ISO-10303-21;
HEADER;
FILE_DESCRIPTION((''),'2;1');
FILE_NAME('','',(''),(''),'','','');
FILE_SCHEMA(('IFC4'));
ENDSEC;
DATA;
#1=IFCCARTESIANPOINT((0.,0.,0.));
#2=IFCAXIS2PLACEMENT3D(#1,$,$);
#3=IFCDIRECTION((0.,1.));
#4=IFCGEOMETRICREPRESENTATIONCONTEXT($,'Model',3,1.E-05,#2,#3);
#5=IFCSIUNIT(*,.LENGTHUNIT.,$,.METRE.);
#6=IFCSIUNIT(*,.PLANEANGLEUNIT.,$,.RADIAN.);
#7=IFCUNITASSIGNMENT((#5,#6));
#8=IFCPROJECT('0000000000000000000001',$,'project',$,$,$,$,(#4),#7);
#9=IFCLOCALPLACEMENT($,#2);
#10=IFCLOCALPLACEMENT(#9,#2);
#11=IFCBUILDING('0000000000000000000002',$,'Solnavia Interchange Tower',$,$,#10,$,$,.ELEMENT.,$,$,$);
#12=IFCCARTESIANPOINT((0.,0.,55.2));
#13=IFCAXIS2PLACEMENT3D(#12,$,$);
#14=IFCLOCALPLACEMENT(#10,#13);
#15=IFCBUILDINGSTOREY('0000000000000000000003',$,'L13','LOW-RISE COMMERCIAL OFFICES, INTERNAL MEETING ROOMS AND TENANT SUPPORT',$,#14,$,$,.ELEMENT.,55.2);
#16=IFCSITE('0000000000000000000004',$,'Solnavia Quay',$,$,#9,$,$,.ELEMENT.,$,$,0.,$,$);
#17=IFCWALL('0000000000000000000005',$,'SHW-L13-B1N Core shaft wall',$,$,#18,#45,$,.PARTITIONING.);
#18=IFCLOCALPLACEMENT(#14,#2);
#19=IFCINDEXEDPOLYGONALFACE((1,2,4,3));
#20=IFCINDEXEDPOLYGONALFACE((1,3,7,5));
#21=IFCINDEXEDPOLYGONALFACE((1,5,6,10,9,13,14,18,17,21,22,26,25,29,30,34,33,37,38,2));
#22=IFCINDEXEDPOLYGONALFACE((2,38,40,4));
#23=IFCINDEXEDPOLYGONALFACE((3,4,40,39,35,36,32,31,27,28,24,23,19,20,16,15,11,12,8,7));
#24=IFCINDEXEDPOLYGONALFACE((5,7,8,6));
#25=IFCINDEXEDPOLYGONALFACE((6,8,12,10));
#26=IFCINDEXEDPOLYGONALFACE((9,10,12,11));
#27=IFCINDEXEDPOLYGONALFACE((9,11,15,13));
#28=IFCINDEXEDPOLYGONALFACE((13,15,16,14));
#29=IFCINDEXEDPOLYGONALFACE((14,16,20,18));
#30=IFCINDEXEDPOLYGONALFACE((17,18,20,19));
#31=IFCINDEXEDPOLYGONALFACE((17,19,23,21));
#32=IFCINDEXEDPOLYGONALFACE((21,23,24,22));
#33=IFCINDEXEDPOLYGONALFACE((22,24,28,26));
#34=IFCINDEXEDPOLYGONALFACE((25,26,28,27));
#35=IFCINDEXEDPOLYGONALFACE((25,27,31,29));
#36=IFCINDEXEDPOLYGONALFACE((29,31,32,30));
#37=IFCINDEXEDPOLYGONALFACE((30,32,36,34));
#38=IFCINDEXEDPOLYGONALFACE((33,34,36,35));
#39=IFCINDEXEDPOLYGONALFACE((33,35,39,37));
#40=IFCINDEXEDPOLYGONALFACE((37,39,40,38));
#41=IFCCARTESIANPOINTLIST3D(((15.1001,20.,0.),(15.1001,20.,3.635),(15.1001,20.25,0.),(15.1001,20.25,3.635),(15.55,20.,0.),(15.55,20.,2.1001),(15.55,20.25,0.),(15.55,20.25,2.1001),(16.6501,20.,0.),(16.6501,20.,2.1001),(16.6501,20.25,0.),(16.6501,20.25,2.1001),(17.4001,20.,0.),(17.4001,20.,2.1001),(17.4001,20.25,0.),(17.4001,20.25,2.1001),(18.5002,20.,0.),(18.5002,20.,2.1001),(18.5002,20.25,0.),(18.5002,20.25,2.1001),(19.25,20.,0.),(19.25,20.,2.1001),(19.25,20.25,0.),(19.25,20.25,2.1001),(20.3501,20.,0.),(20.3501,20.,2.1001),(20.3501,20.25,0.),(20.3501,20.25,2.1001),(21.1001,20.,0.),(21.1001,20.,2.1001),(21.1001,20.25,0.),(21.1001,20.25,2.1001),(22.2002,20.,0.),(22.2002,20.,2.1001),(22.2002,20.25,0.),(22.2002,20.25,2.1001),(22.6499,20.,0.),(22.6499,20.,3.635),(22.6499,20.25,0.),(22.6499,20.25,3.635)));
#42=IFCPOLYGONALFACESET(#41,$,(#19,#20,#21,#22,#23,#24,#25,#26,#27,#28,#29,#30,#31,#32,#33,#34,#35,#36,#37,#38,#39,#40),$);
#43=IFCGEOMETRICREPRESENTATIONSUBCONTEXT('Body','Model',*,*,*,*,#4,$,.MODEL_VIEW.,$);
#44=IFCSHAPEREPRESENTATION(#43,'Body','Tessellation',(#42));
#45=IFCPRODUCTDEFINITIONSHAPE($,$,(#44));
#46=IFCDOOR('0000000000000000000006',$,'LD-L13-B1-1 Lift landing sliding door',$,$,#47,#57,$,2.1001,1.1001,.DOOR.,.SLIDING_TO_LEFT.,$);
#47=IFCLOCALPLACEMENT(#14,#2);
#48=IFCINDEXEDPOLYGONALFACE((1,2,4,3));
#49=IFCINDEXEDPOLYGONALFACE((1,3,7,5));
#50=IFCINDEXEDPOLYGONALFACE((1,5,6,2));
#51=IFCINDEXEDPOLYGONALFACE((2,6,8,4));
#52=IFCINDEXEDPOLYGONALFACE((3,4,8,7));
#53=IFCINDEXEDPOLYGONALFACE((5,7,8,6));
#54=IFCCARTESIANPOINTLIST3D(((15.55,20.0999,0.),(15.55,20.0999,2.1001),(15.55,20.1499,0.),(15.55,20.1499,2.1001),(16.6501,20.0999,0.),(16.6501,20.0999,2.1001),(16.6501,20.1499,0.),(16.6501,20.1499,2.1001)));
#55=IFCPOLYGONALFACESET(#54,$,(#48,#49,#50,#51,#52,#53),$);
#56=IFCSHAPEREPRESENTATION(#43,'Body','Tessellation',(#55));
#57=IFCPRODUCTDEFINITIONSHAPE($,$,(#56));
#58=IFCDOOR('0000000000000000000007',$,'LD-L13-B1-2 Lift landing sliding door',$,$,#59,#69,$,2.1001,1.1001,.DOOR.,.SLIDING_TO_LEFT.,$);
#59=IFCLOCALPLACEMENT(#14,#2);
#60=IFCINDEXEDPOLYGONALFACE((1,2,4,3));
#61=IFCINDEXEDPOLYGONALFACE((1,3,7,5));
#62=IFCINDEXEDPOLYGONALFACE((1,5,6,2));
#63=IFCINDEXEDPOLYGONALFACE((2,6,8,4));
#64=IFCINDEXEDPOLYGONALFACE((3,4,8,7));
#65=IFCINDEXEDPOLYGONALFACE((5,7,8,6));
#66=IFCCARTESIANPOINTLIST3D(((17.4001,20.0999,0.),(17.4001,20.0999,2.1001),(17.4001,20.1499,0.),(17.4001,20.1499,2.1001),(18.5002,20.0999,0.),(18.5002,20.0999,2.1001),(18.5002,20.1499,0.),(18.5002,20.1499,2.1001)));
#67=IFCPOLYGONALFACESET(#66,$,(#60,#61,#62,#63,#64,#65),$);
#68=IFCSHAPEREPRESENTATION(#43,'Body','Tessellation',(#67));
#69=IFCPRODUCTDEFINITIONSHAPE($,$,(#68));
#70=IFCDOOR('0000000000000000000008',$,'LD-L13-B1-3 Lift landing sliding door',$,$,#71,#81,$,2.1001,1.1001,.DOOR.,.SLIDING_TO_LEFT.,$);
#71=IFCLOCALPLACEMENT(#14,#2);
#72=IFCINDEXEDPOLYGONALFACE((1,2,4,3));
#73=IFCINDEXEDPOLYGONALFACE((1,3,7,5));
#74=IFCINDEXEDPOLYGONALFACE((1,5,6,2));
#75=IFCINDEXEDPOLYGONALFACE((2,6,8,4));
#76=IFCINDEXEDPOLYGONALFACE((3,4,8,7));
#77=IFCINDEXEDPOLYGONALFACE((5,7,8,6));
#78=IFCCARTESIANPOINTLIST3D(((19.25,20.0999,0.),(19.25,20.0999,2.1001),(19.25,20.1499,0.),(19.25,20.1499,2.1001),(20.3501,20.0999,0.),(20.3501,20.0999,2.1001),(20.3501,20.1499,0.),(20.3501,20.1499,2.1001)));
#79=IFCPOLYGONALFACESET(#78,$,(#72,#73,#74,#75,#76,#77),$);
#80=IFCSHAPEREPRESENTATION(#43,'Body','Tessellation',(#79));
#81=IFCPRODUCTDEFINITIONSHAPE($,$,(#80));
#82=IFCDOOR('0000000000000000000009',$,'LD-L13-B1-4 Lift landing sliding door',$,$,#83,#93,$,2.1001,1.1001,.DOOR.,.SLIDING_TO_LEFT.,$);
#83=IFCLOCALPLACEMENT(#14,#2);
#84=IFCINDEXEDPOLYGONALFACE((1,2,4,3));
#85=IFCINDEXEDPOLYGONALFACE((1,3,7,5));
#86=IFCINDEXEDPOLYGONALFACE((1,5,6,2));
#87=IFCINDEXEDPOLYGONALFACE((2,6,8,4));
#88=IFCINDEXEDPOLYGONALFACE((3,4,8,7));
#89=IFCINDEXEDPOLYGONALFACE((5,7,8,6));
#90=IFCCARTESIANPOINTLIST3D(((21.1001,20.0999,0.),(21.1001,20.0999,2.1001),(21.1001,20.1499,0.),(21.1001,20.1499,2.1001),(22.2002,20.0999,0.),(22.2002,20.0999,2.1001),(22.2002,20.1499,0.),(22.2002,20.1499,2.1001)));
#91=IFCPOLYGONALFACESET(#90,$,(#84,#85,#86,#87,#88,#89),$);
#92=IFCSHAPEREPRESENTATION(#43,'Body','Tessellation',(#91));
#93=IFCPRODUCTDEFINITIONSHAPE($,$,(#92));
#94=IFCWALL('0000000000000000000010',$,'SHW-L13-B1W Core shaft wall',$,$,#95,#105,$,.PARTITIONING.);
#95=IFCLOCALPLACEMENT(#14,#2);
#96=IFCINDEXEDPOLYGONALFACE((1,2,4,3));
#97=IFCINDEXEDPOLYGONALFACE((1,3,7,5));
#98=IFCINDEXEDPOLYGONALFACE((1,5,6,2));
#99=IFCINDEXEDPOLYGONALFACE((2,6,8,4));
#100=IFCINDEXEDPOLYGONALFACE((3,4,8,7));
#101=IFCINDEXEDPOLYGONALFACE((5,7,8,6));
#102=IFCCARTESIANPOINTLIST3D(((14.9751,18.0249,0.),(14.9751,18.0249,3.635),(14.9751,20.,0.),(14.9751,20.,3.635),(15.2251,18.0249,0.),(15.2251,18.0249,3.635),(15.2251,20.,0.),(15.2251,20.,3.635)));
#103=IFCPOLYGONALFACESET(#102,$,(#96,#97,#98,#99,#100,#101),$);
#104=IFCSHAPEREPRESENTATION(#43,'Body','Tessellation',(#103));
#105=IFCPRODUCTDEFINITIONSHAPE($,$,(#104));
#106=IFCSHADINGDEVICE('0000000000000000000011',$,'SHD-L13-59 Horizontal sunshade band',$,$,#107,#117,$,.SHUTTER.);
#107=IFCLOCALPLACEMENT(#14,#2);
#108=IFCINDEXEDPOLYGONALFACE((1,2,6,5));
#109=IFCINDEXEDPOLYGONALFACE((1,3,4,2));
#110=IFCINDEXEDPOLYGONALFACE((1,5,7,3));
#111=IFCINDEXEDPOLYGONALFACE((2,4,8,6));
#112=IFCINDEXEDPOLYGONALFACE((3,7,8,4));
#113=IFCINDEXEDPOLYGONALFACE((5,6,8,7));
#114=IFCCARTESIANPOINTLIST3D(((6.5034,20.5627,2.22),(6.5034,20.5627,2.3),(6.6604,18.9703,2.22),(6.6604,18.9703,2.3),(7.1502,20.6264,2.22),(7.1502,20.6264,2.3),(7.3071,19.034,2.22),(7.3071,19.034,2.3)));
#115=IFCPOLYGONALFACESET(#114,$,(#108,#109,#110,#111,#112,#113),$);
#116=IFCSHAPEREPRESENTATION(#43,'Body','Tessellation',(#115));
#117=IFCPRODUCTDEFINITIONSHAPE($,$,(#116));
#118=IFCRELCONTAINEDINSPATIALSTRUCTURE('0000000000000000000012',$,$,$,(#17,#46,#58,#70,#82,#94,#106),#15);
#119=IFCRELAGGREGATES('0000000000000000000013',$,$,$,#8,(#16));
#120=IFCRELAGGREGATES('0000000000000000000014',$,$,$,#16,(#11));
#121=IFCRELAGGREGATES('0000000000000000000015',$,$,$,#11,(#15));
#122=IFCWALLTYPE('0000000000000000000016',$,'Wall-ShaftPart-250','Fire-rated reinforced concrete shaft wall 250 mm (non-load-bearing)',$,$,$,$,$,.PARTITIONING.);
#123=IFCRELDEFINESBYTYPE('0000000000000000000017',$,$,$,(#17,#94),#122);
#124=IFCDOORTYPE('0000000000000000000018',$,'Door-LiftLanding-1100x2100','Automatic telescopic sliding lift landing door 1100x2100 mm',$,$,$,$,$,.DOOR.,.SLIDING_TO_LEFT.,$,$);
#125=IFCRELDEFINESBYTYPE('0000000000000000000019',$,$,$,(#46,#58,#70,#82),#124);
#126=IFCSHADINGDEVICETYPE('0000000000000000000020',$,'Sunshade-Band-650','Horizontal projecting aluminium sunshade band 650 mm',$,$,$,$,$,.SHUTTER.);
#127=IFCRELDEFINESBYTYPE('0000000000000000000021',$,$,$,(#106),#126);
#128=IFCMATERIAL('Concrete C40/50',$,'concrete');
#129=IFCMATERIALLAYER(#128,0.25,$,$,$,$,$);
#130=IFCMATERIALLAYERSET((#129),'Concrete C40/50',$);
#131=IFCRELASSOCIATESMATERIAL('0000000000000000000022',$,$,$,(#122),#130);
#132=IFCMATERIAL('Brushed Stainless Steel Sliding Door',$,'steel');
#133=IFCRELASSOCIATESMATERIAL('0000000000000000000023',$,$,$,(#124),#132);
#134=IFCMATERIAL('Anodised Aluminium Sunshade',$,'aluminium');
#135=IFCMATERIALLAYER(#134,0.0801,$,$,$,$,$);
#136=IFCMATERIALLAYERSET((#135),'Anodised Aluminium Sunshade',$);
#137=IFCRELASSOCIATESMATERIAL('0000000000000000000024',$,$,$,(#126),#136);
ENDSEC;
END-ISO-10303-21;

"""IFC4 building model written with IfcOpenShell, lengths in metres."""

from ifc_helpers import new_model, si_unit, direction, frame, frame_2d, origin, origin_2d, place, context, subcontext, project, spatial, rectangle, extrude, material, layer, layer_set, type_object, element, fill, save


model = new_model("IFC4")

# Units and contexts
model_context = context("Model", 3, precision=1e-05, world=origin(), true_north=direction((0.0, 1.0)))
body_context = subcontext(model_context, "Body", "Model", "MODEL_VIEW")
ifc_project = project(units=[si_unit("LENGTHUNIT", "METRE"), si_unit("PLANEANGLEUNIT", "RADIAN")], contexts=[model_context])

# Site, building, storey
site_placement = place(None, origin())
site = spatial("IfcSite", under=ifc_project, at=site_placement, Name="Solnavia Quay", CompositionType="ELEMENT", RefElevation=0.0)
building_placement = place(site_placement, origin())
building = spatial("IfcBuilding", under=site, at=building_placement, Name="Solnavia Interchange Tower", CompositionType="ELEMENT")
storey_placement = place(building_placement, frame((0.0, 0.0, 55.2)))
storey = spatial("IfcBuildingStorey", under=building, at=storey_placement, Name="L13", Description="LOW-RISE COMMERCIAL OFFICES, INTERNAL MEETING ROOMS AND TENANT SUPPORT", CompositionType="ELEMENT", Elevation=55.2)

# Shared definitions
ifc_material_1 = material(Name="Concrete C40/50", Category="concrete")

# Wall, openings, doors
ifc_layer_1 = layer(ifc_material_1, 0.25)
ifc_layer_set_1 = layer_set([ifc_layer_1], Name="Concrete C40/50")
wall_type_1 = type_object("IfcWallType", Name="Wall-ShaftPart-250", Description="Fire-rated reinforced concrete shaft wall 250 mm (non-load-bearing)", PredefinedType="PARTITIONING", material=ifc_layer_set_1)
wall_1_placement = place(storey_placement, frame((15.1001, 20.125, 0.0), z_axis=(0.0, 0.0, 1.0), x_axis=(1.0, 0.0, 0.0)))
wall_1 = element("IfcWall", 1, at=wall_1_placement, inside=storey, type_object=wall_type_1, Name="SHW-L13-B1N Core shaft wall", PredefinedType="PARTITIONING", context=body_context, shape_type="SweptSolid", body=[
    extrude(rectangle(XDim=7.5498, YDim=0.25, at=frame_2d((3.7749, 0.0))), origin(), (0.0, 0.0, 1.0), 3.635),
])
opening_1_placement = place(wall_1_placement, frame((0.45, 0.0, 0.0)))
opening_1 = element("IfcOpeningElement", 2, at=opening_1_placement, cuts=wall_1, PredefinedType="OPENING", context=body_context, shape_type="SweptSolid", body=[
    extrude(rectangle(XDim=1.1001, YDim=2.1001, at=frame_2d((0.55, 1.05))), frame((0.0, 0.135, 0.0), z_axis=(0.0, -1.0, 0.0), x_axis=(1.0, 0.0, 0.0)), (0.0, 0.0, 1.0), 0.27),
])
opening_2_placement = place(wall_1_placement, frame((2.3, 0.0, 0.0)))
opening_2 = element("IfcOpeningElement", 3, at=opening_2_placement, cuts=wall_1, PredefinedType="OPENING", context=body_context, shape_type="SweptSolid", body=[
    extrude(rectangle(XDim=1.1001, YDim=2.1001, at=frame_2d((0.55, 1.05))), frame((0.0, 0.135, 0.0), z_axis=(0.0, -1.0, 0.0), x_axis=(1.0, 0.0, 0.0)), (0.0, 0.0, 1.0), 0.27),
])
opening_3_placement = place(wall_1_placement, frame((4.1499, 0.0, 0.0)))
opening_3 = element("IfcOpeningElement", 4, at=opening_3_placement, cuts=wall_1, PredefinedType="OPENING", context=body_context, shape_type="SweptSolid", body=[
    extrude(rectangle(XDim=1.1001, YDim=2.1001, at=frame_2d((0.55, 1.05))), frame((0.0, 0.135, 0.0), z_axis=(0.0, -1.0, 0.0), x_axis=(1.0, 0.0, 0.0)), (0.0, 0.0, 1.0), 0.27),
])
opening_4_placement = place(wall_1_placement, frame((6.0, 0.0, 0.0)))
opening_4 = element("IfcOpeningElement", 5, at=opening_4_placement, cuts=wall_1, PredefinedType="OPENING", context=body_context, shape_type="SweptSolid", body=[
    extrude(rectangle(XDim=1.1001, YDim=2.1001, at=frame_2d((0.55, 1.05))), frame((0.0, 0.135, 0.0), z_axis=(0.0, -1.0, 0.0), x_axis=(1.0, 0.0, 0.0)), (0.0, 0.0, 1.0), 0.27),
])
ifc_material_2 = material(Name="Brushed Stainless Steel Sliding Door", Category="steel")
door_type = type_object("IfcDoorType", Name="Door-LiftLanding-1100x2100", Description="Automatic telescopic sliding lift landing door 1100x2100 mm", OperationType="SLIDING_TO_LEFT", PredefinedType="DOOR", material=ifc_material_2)
door_1_placement = place(opening_1_placement, origin())
door_1 = element("IfcDoor", 6, at=door_1_placement, inside=storey, type_object=door_type, Name="LD-L13-B1-1 Lift landing sliding door", OperationType="SLIDING_TO_LEFT", OverallHeight=2.1001, OverallWidth=1.1001, PredefinedType="DOOR", context=body_context, shape_type="SweptSolid", body=[
    extrude(rectangle(XDim=1.1001, YDim=2.1001, at=frame_2d((0.55, 1.05))), frame((0.0, 0.0249, 0.0), z_axis=(0.0, -1.0, 0.0), x_axis=(1.0, 0.0, 0.0)), (0.0, 0.0, 1.0), 0.05),
])
fill(opening_1, door_1)
door_2_placement = place(opening_2_placement, origin())
door_2 = element("IfcDoor", 7, at=door_2_placement, inside=storey, type_object=door_type, Name="LD-L13-B1-2 Lift landing sliding door", OperationType="SLIDING_TO_LEFT", OverallHeight=2.1001, OverallWidth=1.1001, PredefinedType="DOOR", context=body_context, shape_type="SweptSolid", body=[
    extrude(rectangle(XDim=1.1001, YDim=2.1001, at=frame_2d((0.55, 1.05))), frame((0.0, 0.0249, 0.0), z_axis=(0.0, -1.0, 0.0), x_axis=(1.0, 0.0, 0.0)), (0.0, 0.0, 1.0), 0.05),
])
fill(opening_2, door_2)
door_3_placement = place(opening_3_placement, origin())
door_3 = element("IfcDoor", 8, at=door_3_placement, inside=storey, type_object=door_type, Name="LD-L13-B1-3 Lift landing sliding door", OperationType="SLIDING_TO_LEFT", OverallHeight=2.1001, OverallWidth=1.1001, PredefinedType="DOOR", context=body_context, shape_type="SweptSolid", body=[
    extrude(rectangle(XDim=1.1001, YDim=2.1001, at=frame_2d((0.55, 1.05))), frame((0.0, 0.0249, 0.0), z_axis=(0.0, -1.0, 0.0), x_axis=(1.0, 0.0, 0.0)), (0.0, 0.0, 1.0), 0.05),
])
fill(opening_3, door_3)
door_4_placement = place(opening_4_placement, origin())
door_4 = element("IfcDoor", 9, at=door_4_placement, inside=storey, type_object=door_type, Name="LD-L13-B1-4 Lift landing sliding door", OperationType="SLIDING_TO_LEFT", OverallHeight=2.1001, OverallWidth=1.1001, PredefinedType="DOOR", context=body_context, shape_type="SweptSolid", body=[
    extrude(rectangle(XDim=1.1001, YDim=2.1001, at=frame_2d((0.55, 1.05))), frame((0.0, 0.0249, 0.0), z_axis=(0.0, -1.0, 0.0), x_axis=(1.0, 0.0, 0.0)), (0.0, 0.0, 1.0), 0.05),
])
fill(opening_4, door_4)

# Wall
wall_2_placement = place(storey_placement, frame((15.1001, 18.0249, 0.0), z_axis=(0.0, 0.0, 1.0), x_axis=(0.0, 1.0, 0.0)))
element("IfcWall", 10, at=wall_2_placement, inside=storey, type_object=wall_type_1, Name="SHW-L13-B1W Core shaft wall", PredefinedType="PARTITIONING", context=body_context, shape_type="SweptSolid", body=[
    extrude(rectangle(XDim=1.9751, YDim=0.25, at=frame_2d((0.9875, 0.0))), origin(), (0.0, 0.0, 1.0), 3.635),
])

# Shading device
ifc_material_3 = material(Name="Anodised Aluminium Sunshade", Category="aluminium")
ifc_layer_2 = layer(ifc_material_3, 0.0801)
ifc_layer_set_2 = layer_set([ifc_layer_2], Name="Anodised Aluminium Sunshade")
shading_device_type = type_object("IfcShadingDeviceType", Name="Sunshade-Band-650", Description="Horizontal projecting aluminium sunshade band 650 mm", PredefinedType="SHUTTER", material=ifc_layer_set_2)
shading_device_placement = place(storey_placement, frame((6.9053, 19.7983, 2.22), z_axis=(0.0, 0.0, 1.0), x_axis=(-0.098104, 0.995176, 0.0)))
element("IfcShadingDevice", 11, at=shading_device_placement, inside=storey, type_object=shading_device_type, Name="SHD-L13-59 Horizontal sunshade band", PredefinedType="SHUTTER", context=body_context, shape_type="SweptSolid", body=[
    extrude(rectangle(XDim=1.6001, YDim=0.6499, at=origin_2d()), origin(), (0.0, 0.0, 1.0), 0.0801),
])

save(model, "model.ifc")
